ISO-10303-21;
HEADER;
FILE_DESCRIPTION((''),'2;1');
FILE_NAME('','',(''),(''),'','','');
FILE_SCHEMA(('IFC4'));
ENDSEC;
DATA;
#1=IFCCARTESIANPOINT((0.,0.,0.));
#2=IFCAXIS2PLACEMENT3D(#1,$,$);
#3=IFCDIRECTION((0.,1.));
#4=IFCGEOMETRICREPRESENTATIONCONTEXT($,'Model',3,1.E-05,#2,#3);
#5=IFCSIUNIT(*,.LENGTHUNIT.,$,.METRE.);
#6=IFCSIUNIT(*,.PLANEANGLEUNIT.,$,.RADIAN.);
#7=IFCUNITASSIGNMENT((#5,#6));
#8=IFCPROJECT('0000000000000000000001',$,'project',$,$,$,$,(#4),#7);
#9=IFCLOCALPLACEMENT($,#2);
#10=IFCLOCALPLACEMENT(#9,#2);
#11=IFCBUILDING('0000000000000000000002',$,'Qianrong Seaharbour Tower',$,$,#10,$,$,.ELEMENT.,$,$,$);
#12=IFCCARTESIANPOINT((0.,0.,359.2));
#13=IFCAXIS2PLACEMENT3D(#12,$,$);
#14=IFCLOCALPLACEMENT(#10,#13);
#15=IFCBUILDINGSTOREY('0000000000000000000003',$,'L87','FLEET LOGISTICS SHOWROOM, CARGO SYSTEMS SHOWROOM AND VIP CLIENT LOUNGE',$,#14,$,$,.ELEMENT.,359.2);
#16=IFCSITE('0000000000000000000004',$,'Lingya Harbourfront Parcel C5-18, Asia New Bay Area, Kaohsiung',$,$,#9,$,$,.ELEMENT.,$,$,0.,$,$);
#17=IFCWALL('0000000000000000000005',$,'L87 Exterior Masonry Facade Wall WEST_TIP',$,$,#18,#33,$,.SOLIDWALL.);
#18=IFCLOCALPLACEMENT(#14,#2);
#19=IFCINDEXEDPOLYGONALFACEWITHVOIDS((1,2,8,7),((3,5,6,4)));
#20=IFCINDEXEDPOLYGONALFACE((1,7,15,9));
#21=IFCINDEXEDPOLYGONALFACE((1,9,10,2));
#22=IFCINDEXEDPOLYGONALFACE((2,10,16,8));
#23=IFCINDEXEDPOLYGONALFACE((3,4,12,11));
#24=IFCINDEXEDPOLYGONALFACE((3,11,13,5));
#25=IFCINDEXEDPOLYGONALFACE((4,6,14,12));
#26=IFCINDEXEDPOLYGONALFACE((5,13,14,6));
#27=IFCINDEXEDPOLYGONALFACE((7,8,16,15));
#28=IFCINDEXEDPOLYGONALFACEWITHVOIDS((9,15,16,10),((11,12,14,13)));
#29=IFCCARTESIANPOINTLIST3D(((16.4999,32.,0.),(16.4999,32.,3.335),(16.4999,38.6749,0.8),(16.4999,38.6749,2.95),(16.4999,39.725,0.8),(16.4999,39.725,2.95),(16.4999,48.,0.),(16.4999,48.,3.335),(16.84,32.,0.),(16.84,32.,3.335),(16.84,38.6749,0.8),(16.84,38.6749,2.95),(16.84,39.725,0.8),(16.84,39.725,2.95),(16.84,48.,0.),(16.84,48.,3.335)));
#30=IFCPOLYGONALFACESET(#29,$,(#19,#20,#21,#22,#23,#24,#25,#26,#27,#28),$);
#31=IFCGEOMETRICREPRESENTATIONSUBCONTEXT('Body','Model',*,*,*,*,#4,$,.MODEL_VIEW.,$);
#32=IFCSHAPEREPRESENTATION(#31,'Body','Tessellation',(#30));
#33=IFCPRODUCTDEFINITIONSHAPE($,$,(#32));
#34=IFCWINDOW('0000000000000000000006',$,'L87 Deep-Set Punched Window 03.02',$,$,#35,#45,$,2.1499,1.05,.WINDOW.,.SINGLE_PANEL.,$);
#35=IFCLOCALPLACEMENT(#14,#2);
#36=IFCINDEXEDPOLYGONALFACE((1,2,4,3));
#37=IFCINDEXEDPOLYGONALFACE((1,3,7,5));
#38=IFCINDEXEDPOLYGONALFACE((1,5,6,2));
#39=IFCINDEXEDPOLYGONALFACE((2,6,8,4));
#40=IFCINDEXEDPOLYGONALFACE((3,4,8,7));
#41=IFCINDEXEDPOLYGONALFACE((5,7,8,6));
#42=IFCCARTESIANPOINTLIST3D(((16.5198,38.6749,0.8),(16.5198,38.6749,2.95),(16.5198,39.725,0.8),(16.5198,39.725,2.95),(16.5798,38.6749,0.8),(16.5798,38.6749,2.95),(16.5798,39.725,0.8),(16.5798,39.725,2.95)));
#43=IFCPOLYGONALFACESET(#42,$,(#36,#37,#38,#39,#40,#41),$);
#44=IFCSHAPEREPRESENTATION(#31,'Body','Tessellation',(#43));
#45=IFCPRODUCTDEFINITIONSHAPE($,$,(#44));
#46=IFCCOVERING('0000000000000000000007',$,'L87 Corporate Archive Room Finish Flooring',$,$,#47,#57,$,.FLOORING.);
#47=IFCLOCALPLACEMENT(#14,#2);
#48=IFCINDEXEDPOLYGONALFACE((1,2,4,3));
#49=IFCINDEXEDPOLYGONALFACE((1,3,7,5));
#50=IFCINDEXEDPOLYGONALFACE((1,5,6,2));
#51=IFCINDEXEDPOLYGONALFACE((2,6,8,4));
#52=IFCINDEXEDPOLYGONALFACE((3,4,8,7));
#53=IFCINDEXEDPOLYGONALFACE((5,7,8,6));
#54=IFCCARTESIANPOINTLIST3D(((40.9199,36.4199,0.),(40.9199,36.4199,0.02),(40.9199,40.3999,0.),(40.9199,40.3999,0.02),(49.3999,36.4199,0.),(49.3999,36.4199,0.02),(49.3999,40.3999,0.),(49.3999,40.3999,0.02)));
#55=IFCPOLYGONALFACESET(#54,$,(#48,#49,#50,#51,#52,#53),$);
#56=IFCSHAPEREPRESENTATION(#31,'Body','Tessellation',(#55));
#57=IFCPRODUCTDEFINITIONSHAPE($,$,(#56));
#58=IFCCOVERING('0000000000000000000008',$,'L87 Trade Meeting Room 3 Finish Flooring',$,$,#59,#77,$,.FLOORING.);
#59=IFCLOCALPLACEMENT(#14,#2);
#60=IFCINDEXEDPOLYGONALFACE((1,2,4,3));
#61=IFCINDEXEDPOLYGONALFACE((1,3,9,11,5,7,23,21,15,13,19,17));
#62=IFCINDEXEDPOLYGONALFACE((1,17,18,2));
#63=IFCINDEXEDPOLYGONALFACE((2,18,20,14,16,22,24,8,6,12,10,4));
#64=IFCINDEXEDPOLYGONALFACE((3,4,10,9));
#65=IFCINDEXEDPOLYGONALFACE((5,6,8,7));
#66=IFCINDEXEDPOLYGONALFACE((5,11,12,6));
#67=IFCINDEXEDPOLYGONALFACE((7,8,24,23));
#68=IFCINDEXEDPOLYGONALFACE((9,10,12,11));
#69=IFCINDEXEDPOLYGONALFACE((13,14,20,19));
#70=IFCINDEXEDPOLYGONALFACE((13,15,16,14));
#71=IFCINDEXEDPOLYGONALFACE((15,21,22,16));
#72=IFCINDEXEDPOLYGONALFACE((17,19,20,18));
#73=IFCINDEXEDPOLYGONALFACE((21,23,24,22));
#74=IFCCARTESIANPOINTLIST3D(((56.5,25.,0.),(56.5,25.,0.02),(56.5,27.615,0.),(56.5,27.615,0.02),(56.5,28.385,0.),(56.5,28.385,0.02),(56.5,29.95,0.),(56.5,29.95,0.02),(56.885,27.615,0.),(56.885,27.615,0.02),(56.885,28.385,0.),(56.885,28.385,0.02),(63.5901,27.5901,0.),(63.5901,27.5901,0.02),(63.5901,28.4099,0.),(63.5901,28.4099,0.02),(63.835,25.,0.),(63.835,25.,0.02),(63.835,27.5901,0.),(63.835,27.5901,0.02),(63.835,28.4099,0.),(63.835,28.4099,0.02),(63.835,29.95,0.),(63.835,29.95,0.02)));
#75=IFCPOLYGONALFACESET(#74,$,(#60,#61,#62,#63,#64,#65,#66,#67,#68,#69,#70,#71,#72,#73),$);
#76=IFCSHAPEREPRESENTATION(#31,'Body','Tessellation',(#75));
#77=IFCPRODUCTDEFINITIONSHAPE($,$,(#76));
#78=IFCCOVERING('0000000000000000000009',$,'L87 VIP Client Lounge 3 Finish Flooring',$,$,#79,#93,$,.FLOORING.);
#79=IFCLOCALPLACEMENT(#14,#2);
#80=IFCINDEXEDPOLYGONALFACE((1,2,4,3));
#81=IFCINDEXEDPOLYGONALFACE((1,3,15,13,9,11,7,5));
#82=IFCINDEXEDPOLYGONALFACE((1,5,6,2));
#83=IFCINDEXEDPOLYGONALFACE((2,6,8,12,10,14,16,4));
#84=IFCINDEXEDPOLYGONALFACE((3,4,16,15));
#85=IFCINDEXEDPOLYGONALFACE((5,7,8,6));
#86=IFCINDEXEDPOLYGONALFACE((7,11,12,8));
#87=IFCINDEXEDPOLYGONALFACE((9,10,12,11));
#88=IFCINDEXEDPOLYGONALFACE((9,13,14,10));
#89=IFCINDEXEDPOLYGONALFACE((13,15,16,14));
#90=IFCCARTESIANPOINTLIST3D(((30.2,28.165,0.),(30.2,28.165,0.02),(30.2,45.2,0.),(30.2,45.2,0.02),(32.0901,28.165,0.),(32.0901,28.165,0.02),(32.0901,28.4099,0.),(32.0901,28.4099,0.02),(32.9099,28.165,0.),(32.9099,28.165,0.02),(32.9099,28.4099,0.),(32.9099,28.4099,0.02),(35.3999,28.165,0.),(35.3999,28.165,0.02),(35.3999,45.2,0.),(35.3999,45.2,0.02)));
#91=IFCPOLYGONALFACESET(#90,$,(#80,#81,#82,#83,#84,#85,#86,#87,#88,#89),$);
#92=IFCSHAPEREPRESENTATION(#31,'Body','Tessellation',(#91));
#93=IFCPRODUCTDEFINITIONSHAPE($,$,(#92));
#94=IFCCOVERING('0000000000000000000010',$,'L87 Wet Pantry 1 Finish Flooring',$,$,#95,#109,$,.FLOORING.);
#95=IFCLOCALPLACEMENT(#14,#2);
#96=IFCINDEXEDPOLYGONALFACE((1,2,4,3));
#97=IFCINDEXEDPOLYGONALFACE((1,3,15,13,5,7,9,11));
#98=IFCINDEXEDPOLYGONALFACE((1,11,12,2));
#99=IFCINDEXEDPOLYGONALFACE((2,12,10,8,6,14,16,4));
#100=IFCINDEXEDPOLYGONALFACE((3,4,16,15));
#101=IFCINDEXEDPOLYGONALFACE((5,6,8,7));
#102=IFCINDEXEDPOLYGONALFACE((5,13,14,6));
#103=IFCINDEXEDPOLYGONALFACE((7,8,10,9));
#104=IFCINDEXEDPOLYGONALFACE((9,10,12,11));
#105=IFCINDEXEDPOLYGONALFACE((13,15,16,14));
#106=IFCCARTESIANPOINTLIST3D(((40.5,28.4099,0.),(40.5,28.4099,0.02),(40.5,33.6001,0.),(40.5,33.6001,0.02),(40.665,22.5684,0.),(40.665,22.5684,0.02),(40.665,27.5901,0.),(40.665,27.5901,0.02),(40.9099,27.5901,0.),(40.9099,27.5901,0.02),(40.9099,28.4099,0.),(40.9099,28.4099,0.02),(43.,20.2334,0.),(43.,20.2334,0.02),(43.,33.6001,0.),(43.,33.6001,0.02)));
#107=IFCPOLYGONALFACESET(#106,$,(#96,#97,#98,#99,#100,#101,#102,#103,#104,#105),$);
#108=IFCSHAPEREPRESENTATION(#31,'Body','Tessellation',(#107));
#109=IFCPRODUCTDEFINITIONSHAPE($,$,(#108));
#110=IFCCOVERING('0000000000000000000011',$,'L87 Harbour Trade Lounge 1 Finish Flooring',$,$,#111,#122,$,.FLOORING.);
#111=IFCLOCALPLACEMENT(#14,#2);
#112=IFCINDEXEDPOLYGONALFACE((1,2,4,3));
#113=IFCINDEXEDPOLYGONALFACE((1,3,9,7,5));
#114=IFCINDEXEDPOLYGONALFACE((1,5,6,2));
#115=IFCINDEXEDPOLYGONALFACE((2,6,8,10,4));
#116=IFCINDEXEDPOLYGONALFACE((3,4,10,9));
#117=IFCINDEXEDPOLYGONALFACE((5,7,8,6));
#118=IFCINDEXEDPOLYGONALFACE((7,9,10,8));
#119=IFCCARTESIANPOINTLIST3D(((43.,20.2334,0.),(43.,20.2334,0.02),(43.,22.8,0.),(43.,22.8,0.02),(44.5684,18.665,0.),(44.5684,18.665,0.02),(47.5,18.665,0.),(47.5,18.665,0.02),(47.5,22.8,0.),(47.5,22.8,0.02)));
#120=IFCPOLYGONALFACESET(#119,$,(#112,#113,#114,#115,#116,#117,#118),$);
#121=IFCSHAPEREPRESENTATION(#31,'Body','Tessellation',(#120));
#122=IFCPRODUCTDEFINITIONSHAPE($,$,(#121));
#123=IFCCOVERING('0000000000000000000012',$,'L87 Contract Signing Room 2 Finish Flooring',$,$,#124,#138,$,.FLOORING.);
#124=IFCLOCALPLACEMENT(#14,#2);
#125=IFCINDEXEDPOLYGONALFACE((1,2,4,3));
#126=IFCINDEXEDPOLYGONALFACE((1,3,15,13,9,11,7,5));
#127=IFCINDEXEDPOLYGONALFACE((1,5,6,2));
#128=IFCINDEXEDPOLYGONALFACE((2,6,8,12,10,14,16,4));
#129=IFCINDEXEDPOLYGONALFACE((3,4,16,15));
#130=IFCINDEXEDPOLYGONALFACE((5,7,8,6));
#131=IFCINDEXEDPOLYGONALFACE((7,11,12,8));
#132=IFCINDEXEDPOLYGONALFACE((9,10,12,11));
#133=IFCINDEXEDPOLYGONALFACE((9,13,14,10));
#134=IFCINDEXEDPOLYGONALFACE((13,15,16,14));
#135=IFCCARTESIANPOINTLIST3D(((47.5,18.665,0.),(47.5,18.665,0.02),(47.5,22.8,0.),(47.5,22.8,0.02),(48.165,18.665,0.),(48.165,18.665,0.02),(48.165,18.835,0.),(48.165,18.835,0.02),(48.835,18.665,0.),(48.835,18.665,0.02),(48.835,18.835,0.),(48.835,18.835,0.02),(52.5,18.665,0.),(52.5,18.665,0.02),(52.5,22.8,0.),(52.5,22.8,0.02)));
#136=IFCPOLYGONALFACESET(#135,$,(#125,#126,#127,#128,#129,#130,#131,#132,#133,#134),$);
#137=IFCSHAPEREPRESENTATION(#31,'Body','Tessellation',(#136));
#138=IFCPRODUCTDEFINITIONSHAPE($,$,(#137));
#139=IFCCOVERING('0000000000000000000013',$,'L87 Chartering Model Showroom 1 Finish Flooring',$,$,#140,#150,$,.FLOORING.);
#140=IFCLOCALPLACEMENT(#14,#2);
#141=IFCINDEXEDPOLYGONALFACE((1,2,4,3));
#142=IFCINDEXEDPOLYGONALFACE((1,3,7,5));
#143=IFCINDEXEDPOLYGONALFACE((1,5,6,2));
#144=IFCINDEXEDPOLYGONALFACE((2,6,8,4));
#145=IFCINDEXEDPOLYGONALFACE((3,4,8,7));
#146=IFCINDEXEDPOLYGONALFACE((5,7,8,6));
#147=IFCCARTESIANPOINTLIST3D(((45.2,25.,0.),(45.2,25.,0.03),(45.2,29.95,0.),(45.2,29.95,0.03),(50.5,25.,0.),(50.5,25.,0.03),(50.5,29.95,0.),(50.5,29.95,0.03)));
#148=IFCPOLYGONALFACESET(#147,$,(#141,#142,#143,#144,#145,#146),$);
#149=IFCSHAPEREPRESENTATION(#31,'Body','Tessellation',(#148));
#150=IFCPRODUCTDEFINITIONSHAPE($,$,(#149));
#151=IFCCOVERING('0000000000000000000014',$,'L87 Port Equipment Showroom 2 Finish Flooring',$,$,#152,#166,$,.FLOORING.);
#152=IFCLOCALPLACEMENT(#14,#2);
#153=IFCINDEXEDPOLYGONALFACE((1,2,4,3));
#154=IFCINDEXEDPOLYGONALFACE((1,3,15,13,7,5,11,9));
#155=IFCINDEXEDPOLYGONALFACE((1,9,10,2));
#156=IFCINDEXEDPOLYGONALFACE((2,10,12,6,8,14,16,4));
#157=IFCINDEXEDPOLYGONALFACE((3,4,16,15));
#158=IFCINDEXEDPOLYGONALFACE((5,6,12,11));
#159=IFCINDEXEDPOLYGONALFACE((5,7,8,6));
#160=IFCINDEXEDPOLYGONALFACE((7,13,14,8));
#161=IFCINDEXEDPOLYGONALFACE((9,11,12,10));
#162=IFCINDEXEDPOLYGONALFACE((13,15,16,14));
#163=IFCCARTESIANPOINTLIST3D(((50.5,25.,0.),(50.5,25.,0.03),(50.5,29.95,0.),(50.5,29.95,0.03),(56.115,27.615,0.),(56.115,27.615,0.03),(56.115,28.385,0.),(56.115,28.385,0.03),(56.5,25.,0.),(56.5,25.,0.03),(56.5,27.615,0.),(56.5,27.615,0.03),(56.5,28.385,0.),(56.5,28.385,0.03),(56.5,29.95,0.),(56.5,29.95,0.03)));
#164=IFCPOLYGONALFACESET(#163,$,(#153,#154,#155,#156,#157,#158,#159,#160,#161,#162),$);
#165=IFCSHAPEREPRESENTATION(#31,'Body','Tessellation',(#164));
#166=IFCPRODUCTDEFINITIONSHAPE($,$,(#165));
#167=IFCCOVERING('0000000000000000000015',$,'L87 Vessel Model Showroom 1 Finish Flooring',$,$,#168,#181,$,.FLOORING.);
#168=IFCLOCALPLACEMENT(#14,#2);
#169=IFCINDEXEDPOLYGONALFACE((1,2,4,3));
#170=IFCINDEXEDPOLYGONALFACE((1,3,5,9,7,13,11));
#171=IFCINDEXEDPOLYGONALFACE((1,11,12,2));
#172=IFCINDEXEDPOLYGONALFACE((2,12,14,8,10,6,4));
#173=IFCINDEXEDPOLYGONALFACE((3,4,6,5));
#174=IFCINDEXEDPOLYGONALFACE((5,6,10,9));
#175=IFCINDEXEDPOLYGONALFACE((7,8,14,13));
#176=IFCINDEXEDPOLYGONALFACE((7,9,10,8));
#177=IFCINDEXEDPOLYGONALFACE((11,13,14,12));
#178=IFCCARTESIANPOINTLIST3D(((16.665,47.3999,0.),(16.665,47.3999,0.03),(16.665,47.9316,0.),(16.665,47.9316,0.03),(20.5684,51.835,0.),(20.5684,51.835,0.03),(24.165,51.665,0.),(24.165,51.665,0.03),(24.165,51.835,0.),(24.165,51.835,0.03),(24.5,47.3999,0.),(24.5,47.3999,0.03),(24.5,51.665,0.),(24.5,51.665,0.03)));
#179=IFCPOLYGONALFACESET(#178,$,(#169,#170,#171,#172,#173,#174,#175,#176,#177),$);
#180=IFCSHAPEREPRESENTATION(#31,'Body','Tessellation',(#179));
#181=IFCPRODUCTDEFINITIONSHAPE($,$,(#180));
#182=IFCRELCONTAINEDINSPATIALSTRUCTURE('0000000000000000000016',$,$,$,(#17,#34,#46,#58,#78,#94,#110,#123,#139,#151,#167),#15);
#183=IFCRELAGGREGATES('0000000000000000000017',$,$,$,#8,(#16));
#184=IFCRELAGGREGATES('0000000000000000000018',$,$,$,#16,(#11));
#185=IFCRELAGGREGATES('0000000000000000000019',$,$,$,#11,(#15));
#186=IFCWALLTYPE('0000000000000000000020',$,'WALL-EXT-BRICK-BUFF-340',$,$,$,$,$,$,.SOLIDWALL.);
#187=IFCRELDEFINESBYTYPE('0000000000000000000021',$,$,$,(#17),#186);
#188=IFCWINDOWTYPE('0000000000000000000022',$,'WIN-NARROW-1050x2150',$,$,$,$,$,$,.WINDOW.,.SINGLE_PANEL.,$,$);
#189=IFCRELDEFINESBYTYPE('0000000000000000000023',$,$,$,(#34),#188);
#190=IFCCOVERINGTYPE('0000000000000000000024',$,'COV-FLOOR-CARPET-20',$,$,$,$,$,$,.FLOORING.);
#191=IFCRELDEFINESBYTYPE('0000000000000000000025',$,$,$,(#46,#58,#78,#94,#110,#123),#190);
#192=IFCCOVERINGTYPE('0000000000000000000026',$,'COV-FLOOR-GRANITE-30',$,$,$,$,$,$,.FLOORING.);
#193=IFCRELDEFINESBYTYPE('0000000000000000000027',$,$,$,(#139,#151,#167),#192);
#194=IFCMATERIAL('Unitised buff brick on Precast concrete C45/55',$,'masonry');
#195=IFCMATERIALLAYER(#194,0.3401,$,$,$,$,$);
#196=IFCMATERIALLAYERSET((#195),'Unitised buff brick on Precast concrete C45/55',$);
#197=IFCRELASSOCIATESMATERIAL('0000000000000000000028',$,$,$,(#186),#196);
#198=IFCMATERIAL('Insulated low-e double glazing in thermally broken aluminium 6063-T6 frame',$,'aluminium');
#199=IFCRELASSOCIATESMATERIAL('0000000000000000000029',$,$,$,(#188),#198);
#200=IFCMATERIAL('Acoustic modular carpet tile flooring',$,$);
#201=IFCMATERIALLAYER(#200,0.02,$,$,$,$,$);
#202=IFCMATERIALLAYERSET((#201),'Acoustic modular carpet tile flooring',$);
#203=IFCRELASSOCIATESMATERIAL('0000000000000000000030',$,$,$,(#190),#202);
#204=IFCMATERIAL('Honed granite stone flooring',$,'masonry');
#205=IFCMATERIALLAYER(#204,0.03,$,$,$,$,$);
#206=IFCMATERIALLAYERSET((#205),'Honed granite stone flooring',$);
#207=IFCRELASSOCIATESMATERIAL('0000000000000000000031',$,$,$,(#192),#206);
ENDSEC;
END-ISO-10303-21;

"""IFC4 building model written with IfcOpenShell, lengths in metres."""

from ifc_helpers import new_model, si_unit, direction, frame, frame_2d, origin, place, context, subcontext, project, spatial, polyline, rectangle, outline, extrude, material, layer, layer_set, type_object, element, fill, save


model = new_model("IFC4")

# Units and contexts
model_context = context("Model", 3, precision=1e-05, world=origin(), true_north=direction((0.0, 1.0)))
body_context = subcontext(model_context, "Body", "Model", "MODEL_VIEW")
ifc_project = project(units=[si_unit("LENGTHUNIT", "METRE"), si_unit("PLANEANGLEUNIT", "RADIAN")], contexts=[model_context])

# Site, building, storey
site_placement = place(None, origin())
site = spatial("IfcSite", under=ifc_project, at=site_placement, Name="Lingya Harbourfront Parcel C5-18, Asia New Bay Area, Kaohsiung", CompositionType="ELEMENT", RefElevation=0.0)
building_placement = place(site_placement, origin())
building = spatial("IfcBuilding", under=site, at=building_placement, Name="Qianrong Seaharbour Tower", CompositionType="ELEMENT")
storey_placement = place(building_placement, frame((0.0, 0.0, 359.2)))
storey = spatial("IfcBuildingStorey", under=building, at=storey_placement, Name="L87", Description="FLEET LOGISTICS SHOWROOM, CARGO SYSTEMS SHOWROOM AND VIP CLIENT LOUNGE", CompositionType="ELEMENT", Elevation=359.2)

# Wall, opening, window
ifc_material_1 = material(Name="Unitised buff brick on Precast concrete C45/55", Category="masonry")
ifc_layer_1 = layer(ifc_material_1, 0.3401)
ifc_layer_set_1 = layer_set([ifc_layer_1], Name="Unitised buff brick on Precast concrete C45/55")
wall_type = type_object("IfcWallType", Name="WALL-EXT-BRICK-BUFF-340", PredefinedType="SOLIDWALL", material=ifc_layer_set_1)
wall_placement = place(storey_placement, frame((16.6699, 32.0, 0.0), z_axis=(0.0, 0.0, 1.0), x_axis=(0.0, 1.0, 0.0)))
wall = element("IfcWall", 1, at=wall_placement, inside=storey, type_object=wall_type, Name="L87 Exterior Masonry Facade Wall WEST_TIP", PredefinedType="SOLIDWALL", context=body_context, shape_type="SweptSolid", body=[
    extrude(rectangle(XDim=16.0, YDim=0.3401, at=frame_2d((8.0, 0.0))), origin(), (0.0, 0.0, 1.0), 3.335),
])
opening_placement = place(wall_placement, frame((6.675, 0.0, 0.8)))
opening = element("IfcOpeningElement", 2, at=opening_placement, cuts=wall, PredefinedType="OPENING", context=body_context, shape_type="SweptSolid", body=[
    extrude(rectangle(XDim=1.05, YDim=2.1499, at=frame_2d((0.5249, 1.075))), frame((0.0, 0.1802, 0.0), z_axis=(0.0, -1.0, 0.0), x_axis=(1.0, 0.0, 0.0)), (0.0, 0.0, 1.0), 0.3601),
])
ifc_material_2 = material(Name="Insulated low-e double glazing in thermally broken aluminium 6063-T6 frame", Category="aluminium")
window_type = type_object("IfcWindowType", Name="WIN-NARROW-1050x2150", PartitioningType="SINGLE_PANEL", PredefinedType="WINDOW", material=ifc_material_2)
window_placement = place(opening_placement, origin())
window = element("IfcWindow", 3, at=window_placement, inside=storey, type_object=window_type, Name="L87 Deep-Set Punched Window 03.02", OverallHeight=2.1499, OverallWidth=1.05, PartitioningType="SINGLE_PANEL", PredefinedType="WINDOW", context=body_context, shape_type="SweptSolid", body=[
    extrude(rectangle(XDim=1.05, YDim=2.1499, at=frame_2d((0.5249, 1.075))), frame((0.0, 0.1501, 0.0), z_axis=(0.0, -1.0, 0.0), x_axis=(1.0, 0.0, 0.0)), (0.0, 0.0, 1.0), 0.0601),
])
fill(opening, window)

# Coverings
ifc_material_3 = material(Name="Acoustic modular carpet tile flooring")
ifc_layer_2 = layer(ifc_material_3, 0.02)
ifc_layer_set_2 = layer_set([ifc_layer_2], Name="Acoustic modular carpet tile flooring")
covering_type_1 = type_object("IfcCoveringType", Name="COV-FLOOR-CARPET-20", PredefinedType="FLOORING", material=ifc_layer_set_2)
covering_1_placement = place(storey_placement, origin())
element("IfcCovering", 4, at=covering_1_placement, inside=storey, type_object=covering_type_1, Name="L87 Corporate Archive Room Finish Flooring", PredefinedType="FLOORING", context=body_context, shape_type="SweptSolid", body=[
    extrude(outline(polyline([(49.3999, 40.3999), (49.3999, 36.4199), (40.9199, 36.4199), (40.9199, 40.3999), (49.3999, 40.3999)])), origin(), (0.0, 0.0, 1.0), 0.02),
])
covering_2_placement = place(storey_placement, origin())
element("IfcCovering", 5, at=covering_2_placement, inside=storey, type_object=covering_type_1, Name="L87 Trade Meeting Room 3 Finish Flooring", PredefinedType="FLOORING", context=body_context, shape_type="SweptSolid", body=[
    extrude(outline(polyline([(63.835, 29.95), (63.835, 28.4099), (63.5901, 28.4099), (63.5901, 27.5901), (63.835, 27.5901), (63.835, 25.0), (56.5, 25.0), (56.5, 27.615), (56.885, 27.615), (56.885, 28.385), (56.5, 28.385), (56.5, 29.95), (63.835, 29.95)])), origin(), (0.0, 0.0, 1.0), 0.02),
])
covering_3_placement = place(storey_placement, origin())
element("IfcCovering", 6, at=covering_3_placement, inside=storey, type_object=covering_type_1, Name="L87 VIP Client Lounge 3 Finish Flooring", PredefinedType="FLOORING", context=body_context, shape_type="SweptSolid", body=[
    extrude(outline(polyline([(32.9099, 28.165), (32.9099, 28.4099), (32.0901, 28.4099), (32.0901, 28.165), (30.2, 28.165), (30.2, 45.2), (35.3999, 45.2), (35.3999, 28.165), (32.9099, 28.165)])), origin(), (0.0, 0.0, 1.0), 0.02),
])
covering_4_placement = place(storey_placement, origin())
element("IfcCovering", 7, at=covering_4_placement, inside=storey, type_object=covering_type_1, Name="L87 Wet Pantry 1 Finish Flooring", PredefinedType="FLOORING", context=body_context, shape_type="SweptSolid", body=[
    extrude(outline(polyline([(43.0, 20.2334), (40.665, 22.5684), (40.665, 27.5901), (40.9099, 27.5901), (40.9099, 28.4099), (40.5, 28.4099), (40.5, 33.6001), (43.0, 33.6001), (43.0, 20.2334)])), origin(), (0.0, 0.0, 1.0), 0.02),
])
covering_5_placement = place(storey_placement, origin())
element("IfcCovering", 8, at=covering_5_placement, inside=storey, type_object=covering_type_1, Name="L87 Harbour Trade Lounge 1 Finish Flooring", PredefinedType="FLOORING", context=body_context, shape_type="SweptSolid", body=[
    extrude(outline(polyline([(47.5, 18.665), (44.5684, 18.665), (43.0, 20.2334), (43.0, 22.8), (47.5, 22.8), (47.5, 18.665)])), origin(), (0.0, 0.0, 1.0), 0.02),
])
covering_6_placement = place(storey_placement, origin())
element("IfcCovering", 9, at=covering_6_placement, inside=storey, type_object=covering_type_1, Name="L87 Contract Signing Room 2 Finish Flooring", PredefinedType="FLOORING", context=body_context, shape_type="SweptSolid", body=[
    extrude(outline(polyline([(52.5, 18.665), (48.835, 18.665), (48.835, 18.835), (48.165, 18.835), (48.165, 18.665), (47.5, 18.665), (47.5, 22.8), (52.5, 22.8), (52.5, 18.665)])), origin(), (0.0, 0.0, 1.0), 0.02),
])
ifc_material_4 = material(Name="Honed granite stone flooring", Category="masonry")
ifc_layer_3 = layer(ifc_material_4, 0.03)
ifc_layer_set_3 = layer_set([ifc_layer_3], Name="Honed granite stone flooring")
covering_type_2 = type_object("IfcCoveringType", Name="COV-FLOOR-GRANITE-30", PredefinedType="FLOORING", material=ifc_layer_set_3)
covering_7_placement = place(storey_placement, origin())
element("IfcCovering", 10, at=covering_7_placement, inside=storey, type_object=covering_type_2, Name="L87 Chartering Model Showroom 1 Finish Flooring", PredefinedType="FLOORING", context=body_context, shape_type="SweptSolid", body=[
    extrude(outline(polyline([(50.5, 29.95), (50.5, 25.0), (45.2, 25.0), (45.2, 29.95), (50.5, 29.95)])), origin(), (0.0, 0.0, 1.0), 0.03),
])
covering_8_placement = place(storey_placement, origin())
element("IfcCovering", 11, at=covering_8_placement, inside=storey, type_object=covering_type_2, Name="L87 Port Equipment Showroom 2 Finish Flooring", PredefinedType="FLOORING", context=body_context, shape_type="SweptSolid", body=[
    extrude(outline(polyline([(56.5, 29.95), (56.5, 28.385), (56.115, 28.385), (56.115, 27.615), (56.5, 27.615), (56.5, 25.0), (50.5, 25.0), (50.5, 29.95), (56.5, 29.95)])), origin(), (0.0, 0.0, 1.0), 0.03),
])
covering_9_placement = place(storey_placement, origin())
element("IfcCovering", 12, at=covering_9_placement, inside=storey, type_object=covering_type_2, Name="L87 Vessel Model Showroom 1 Finish Flooring", PredefinedType="FLOORING", context=body_context, shape_type="SweptSolid", body=[
    extrude(outline(polyline([(16.665, 47.9316), (20.5684, 51.835), (24.165, 51.835), (24.165, 51.665), (24.5, 51.665), (24.5, 47.3999), (16.665, 47.3999), (16.665, 47.9316)])), origin(), (0.0, 0.0, 1.0), 0.03),
])

save(model, "model.ifc")
